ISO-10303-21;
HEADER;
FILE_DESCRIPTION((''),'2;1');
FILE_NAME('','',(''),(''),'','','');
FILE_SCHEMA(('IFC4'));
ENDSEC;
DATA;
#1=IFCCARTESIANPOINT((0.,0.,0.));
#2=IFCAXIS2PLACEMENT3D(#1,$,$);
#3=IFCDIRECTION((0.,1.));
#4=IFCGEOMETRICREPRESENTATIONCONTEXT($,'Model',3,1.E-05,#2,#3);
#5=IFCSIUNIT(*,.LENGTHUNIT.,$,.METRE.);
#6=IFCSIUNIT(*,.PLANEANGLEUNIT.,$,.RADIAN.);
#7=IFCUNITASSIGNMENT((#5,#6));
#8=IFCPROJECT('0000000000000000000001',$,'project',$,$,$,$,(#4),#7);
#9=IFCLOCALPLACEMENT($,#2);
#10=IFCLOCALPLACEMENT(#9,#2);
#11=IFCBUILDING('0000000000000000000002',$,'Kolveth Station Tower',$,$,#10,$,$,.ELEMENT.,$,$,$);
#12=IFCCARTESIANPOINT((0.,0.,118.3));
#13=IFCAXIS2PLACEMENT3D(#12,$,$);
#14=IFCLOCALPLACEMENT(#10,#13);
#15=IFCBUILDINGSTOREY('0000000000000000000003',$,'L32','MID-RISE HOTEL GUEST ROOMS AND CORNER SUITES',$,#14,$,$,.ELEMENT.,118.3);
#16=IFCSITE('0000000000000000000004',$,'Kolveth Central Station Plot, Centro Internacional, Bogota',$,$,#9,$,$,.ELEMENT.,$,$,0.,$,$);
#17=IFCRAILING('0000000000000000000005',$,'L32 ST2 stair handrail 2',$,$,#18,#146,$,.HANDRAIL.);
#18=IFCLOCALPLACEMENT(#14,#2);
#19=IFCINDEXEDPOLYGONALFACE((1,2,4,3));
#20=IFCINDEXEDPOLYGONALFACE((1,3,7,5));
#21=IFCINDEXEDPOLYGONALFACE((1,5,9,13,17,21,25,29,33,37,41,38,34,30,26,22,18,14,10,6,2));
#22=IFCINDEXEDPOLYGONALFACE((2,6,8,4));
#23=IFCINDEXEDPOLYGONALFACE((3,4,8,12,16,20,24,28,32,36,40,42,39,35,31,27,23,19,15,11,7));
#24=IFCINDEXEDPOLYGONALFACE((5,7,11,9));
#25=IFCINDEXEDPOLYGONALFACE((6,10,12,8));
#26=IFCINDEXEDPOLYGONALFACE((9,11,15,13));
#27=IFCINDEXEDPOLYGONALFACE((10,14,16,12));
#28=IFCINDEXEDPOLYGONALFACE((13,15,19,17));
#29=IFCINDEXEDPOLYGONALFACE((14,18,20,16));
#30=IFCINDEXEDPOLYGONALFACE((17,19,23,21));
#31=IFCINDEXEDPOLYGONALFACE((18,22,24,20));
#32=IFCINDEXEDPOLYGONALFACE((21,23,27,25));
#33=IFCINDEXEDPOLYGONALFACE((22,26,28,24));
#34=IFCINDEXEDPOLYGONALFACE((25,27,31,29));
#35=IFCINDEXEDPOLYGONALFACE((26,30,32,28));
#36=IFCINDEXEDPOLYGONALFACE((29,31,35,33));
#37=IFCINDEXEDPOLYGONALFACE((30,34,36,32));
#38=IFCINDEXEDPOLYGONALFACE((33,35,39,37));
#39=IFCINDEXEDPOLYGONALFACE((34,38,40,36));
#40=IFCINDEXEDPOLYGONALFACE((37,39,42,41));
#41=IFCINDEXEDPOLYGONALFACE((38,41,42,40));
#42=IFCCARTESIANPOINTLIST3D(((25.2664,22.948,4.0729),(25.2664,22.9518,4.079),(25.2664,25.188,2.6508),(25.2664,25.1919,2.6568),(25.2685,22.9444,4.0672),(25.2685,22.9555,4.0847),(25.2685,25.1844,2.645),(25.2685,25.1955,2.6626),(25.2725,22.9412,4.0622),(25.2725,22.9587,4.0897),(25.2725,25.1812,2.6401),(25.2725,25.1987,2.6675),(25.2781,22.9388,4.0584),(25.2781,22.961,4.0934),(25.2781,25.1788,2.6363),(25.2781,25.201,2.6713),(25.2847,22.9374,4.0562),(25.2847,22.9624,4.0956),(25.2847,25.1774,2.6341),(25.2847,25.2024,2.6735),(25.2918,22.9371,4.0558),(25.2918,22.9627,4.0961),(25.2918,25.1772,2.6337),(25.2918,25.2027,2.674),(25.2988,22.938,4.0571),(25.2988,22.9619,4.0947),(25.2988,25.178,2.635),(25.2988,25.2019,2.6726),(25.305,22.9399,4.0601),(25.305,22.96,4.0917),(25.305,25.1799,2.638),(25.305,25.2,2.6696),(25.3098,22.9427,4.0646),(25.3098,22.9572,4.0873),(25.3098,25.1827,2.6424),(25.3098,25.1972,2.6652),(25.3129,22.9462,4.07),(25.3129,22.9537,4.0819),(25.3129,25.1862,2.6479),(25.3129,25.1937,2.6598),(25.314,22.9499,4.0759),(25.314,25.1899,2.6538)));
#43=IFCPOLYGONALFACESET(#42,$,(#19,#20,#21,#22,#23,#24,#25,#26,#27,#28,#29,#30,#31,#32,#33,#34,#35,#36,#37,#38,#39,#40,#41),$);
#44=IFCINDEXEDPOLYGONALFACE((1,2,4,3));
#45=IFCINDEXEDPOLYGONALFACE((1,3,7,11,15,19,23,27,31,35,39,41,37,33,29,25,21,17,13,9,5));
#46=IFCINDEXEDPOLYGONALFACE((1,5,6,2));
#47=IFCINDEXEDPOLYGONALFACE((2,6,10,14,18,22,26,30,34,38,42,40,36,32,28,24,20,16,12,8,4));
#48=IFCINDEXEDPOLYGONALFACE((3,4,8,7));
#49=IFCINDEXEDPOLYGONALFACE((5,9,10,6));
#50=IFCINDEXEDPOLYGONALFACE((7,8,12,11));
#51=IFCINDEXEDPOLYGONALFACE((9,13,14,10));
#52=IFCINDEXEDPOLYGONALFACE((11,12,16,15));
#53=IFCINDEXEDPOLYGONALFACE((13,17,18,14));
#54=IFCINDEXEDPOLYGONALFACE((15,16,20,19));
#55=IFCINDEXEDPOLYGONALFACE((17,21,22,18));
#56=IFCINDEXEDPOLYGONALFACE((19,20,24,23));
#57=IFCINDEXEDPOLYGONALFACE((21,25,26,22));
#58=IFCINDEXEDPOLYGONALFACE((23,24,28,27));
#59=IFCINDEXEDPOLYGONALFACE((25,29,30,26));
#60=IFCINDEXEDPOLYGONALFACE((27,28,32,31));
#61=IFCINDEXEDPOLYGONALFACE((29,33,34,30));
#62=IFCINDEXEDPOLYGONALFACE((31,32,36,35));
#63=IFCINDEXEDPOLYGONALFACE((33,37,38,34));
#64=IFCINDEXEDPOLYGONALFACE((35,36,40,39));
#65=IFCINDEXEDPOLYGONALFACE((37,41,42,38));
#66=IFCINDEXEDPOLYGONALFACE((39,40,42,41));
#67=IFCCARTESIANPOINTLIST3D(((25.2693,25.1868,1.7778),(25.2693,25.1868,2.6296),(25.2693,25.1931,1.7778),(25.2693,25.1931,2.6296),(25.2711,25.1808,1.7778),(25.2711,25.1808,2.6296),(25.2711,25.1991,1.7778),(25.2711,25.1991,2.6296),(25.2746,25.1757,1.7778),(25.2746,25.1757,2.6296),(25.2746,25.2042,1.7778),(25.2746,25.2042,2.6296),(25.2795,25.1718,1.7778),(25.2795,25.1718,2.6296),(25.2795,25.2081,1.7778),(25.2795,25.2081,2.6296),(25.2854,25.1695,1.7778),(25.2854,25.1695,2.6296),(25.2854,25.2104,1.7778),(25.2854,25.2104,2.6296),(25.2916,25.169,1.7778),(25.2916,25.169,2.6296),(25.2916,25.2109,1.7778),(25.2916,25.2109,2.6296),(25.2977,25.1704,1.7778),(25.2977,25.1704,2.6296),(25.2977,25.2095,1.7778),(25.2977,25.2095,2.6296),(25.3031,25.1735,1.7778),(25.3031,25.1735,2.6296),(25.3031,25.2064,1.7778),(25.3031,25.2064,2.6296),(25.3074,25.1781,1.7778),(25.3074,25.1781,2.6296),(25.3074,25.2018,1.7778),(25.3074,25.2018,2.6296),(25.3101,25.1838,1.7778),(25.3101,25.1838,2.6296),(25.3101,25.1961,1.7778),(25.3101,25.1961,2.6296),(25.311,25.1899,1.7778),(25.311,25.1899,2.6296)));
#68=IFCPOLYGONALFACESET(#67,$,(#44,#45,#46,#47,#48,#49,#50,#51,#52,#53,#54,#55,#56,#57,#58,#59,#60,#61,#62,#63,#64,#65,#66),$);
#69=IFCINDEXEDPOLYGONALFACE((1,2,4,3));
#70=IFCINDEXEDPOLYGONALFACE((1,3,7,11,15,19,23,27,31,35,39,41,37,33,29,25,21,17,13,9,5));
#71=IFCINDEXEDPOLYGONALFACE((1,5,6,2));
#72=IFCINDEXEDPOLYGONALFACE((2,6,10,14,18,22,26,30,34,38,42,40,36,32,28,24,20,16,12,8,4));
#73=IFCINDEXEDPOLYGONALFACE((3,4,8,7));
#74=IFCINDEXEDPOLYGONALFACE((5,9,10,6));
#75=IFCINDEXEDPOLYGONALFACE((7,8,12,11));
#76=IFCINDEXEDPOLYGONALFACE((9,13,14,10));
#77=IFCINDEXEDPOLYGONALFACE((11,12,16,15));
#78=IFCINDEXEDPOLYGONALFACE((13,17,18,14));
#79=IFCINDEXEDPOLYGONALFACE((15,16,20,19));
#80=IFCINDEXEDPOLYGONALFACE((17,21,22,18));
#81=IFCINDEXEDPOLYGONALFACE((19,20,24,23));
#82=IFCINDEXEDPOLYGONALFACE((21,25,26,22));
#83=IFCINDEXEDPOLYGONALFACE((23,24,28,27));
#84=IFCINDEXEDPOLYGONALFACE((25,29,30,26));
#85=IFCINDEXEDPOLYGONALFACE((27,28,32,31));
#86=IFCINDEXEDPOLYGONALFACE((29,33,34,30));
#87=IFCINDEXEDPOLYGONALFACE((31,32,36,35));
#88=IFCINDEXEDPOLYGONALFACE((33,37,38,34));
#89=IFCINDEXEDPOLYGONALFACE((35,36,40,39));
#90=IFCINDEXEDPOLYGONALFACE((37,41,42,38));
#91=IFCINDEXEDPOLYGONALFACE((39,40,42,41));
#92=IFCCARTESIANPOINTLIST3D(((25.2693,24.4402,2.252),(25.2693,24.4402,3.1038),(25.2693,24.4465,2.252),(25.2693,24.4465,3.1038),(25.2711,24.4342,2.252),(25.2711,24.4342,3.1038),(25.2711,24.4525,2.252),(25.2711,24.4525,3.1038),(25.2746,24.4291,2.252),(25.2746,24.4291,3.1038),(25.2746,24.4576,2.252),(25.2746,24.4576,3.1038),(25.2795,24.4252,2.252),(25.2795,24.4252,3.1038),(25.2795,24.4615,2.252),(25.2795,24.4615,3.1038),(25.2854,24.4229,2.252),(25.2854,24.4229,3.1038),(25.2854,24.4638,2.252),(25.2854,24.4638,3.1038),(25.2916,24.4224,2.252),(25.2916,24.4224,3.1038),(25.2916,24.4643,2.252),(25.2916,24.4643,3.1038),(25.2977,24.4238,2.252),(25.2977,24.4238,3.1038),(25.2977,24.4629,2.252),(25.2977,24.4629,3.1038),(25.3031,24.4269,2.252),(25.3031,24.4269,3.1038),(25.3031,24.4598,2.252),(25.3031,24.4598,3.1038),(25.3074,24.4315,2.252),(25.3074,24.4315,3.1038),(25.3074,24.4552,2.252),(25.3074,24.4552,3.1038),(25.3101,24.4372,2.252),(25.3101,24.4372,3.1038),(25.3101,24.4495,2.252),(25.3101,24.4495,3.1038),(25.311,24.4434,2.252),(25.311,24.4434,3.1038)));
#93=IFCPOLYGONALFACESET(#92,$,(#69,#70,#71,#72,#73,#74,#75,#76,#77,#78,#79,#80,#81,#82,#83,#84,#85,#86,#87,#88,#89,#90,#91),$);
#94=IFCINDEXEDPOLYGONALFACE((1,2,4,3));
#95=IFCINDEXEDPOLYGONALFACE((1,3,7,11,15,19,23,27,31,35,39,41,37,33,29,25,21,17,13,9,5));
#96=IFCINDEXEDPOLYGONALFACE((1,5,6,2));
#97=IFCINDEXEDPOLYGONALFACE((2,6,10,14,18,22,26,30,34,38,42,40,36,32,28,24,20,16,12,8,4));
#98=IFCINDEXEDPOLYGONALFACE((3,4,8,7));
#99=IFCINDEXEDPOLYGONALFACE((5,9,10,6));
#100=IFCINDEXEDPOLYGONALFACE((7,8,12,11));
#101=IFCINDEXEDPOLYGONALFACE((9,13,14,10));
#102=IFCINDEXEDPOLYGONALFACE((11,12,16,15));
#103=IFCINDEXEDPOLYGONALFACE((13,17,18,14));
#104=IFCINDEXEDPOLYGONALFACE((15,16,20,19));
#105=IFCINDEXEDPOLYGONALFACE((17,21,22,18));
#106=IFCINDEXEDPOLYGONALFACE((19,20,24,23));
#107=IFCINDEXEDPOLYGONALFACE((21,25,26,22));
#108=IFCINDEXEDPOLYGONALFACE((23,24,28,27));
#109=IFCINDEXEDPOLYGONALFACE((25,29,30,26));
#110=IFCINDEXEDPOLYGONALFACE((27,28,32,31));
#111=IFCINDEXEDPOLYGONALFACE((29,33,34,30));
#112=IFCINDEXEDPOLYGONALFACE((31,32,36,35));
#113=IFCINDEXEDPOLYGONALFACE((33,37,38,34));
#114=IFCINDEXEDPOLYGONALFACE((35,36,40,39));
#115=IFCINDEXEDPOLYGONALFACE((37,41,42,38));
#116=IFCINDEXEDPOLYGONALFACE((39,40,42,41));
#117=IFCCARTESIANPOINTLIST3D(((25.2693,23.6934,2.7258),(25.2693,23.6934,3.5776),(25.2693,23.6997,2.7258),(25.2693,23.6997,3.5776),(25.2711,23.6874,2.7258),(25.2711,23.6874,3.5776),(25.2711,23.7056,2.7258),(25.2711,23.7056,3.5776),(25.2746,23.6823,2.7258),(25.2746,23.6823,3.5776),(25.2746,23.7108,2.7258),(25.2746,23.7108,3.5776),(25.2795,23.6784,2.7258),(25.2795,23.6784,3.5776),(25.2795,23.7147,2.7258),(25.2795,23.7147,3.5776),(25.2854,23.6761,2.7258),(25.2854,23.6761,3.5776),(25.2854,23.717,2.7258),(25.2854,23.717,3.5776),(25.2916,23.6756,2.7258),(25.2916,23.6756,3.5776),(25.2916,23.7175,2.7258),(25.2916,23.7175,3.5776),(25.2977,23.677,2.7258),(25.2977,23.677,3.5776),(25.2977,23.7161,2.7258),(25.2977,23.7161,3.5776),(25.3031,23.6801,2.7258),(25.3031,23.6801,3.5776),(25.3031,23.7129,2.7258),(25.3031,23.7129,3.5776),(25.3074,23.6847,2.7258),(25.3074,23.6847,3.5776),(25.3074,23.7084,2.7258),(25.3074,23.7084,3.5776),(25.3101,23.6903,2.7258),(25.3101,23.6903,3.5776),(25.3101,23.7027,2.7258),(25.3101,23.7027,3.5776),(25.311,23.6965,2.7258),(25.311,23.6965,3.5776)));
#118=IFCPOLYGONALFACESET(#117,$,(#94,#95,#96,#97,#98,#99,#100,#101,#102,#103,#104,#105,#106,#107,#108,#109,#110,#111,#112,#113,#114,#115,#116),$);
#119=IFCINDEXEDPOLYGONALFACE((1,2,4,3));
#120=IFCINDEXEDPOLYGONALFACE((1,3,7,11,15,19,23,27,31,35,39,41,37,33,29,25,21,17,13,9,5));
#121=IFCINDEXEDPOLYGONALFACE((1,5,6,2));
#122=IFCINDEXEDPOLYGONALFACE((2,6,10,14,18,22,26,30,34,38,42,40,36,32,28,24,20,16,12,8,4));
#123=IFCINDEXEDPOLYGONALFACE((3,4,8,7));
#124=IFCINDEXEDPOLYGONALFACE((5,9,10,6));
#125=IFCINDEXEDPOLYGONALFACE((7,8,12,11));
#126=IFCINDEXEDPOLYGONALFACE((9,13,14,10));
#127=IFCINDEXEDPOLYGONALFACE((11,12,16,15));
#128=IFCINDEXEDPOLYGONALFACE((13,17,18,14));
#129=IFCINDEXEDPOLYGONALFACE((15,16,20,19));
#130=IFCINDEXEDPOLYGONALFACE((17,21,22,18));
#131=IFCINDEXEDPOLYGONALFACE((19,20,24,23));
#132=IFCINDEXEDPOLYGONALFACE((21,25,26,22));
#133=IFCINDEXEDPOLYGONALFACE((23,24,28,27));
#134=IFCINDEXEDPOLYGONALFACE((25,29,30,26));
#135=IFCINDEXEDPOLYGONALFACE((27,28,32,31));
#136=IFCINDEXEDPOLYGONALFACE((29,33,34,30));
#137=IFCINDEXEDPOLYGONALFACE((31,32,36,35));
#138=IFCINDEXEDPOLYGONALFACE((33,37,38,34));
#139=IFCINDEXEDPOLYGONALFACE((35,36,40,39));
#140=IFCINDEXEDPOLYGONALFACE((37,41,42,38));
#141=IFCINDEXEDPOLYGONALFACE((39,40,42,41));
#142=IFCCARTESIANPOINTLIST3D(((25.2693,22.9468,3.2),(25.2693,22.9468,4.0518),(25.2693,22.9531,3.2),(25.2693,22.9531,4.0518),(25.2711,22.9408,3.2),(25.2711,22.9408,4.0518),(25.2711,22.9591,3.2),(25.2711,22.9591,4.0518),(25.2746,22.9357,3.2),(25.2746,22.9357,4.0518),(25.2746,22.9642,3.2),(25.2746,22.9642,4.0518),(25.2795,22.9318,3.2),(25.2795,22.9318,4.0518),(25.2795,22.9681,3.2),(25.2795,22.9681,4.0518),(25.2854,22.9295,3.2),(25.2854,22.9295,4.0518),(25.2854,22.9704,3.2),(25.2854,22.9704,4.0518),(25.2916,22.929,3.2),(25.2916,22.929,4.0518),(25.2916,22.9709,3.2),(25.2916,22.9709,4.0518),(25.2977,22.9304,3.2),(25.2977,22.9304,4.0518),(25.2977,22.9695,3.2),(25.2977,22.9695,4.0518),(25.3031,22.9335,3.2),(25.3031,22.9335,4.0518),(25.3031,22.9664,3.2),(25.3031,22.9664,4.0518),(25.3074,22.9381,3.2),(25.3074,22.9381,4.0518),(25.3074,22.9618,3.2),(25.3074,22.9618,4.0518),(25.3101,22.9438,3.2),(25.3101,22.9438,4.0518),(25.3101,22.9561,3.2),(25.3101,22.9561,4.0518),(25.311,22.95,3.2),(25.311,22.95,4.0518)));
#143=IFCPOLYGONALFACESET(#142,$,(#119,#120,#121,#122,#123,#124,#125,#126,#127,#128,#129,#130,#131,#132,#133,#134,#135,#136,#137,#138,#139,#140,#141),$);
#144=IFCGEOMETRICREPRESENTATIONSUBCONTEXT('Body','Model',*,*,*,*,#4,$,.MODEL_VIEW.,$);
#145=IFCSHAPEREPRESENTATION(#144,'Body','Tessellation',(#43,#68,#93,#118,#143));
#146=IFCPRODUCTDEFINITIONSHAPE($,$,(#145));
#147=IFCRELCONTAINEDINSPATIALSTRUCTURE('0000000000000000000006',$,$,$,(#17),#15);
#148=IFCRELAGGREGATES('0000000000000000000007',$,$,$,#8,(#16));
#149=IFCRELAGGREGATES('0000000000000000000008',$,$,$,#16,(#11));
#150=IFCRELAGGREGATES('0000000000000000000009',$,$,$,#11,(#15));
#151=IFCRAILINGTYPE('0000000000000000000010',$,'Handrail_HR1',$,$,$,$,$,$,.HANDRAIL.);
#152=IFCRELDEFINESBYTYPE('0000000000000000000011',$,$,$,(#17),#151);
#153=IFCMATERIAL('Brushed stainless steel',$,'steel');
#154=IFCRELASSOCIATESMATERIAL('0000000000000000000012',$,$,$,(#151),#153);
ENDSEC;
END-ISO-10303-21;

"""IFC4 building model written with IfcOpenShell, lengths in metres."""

from ifc_helpers import new_model, si_unit, direction, frame, origin, origin_2d, place, context, subcontext, project, spatial, circle, extrude, material, type_object, element, save


model = new_model("IFC4")

# Units and contexts
model_context = context("Model", 3, precision=1e-05, world=origin(), true_north=direction((0.0, 1.0)))
body_context = subcontext(model_context, "Body", "Model", "MODEL_VIEW")
ifc_project = project(units=[si_unit("LENGTHUNIT", "METRE"), si_unit("PLANEANGLEUNIT", "RADIAN")], contexts=[model_context])

# Site, building, storey
site_placement = place(None, origin())
site = spatial("IfcSite", under=ifc_project, at=site_placement, Name="Kolveth Central Station Plot, Centro Internacional, Bogota", CompositionType="ELEMENT", RefElevation=0.0)
building_placement = place(site_placement, origin())
building = spatial("IfcBuilding", under=site, at=building_placement, Name="Kolveth Station Tower", CompositionType="ELEMENT")
storey_placement = place(building_placement, frame((0.0, 0.0, 118.3)))
storey = spatial("IfcBuildingStorey", under=building, at=storey_placement, Name="L32", Description="MID-RISE HOTEL GUEST ROOMS AND CORNER SUITES", CompositionType="ELEMENT", Elevation=118.3)

# Railing
ifc_material_1 = material(Name="Brushed stainless steel", Category="steel")
railing_type_1 = type_object("IfcRailingType", Name="Handrail_HR1", PredefinedType="HANDRAIL", material=ifc_material_1)
railing_1_placement = place(storey_placement, frame((25.29, 25.1899, 1.7778)))
element("IfcRailing", 1, at=railing_1_placement, inside=storey, type_object=railing_type_1, Name="L32 ST2 stair handrail 2", PredefinedType="HANDRAIL", context=body_context, shape_type="SweptSolid", body=[
    extrude(circle(Radius=0.0239, at=origin_2d()), frame((0.0, 0.0, 0.876), z_axis=(0.0, -0.844229, 0.535982), x_axis=(1.0, 0.0, 0.0)), (0.0, 0.0, 1.0), 2.6533),
    extrude(circle(Radius=0.021, at=origin_2d()), origin(), (0.0, 0.0, 1.0), 0.8518),
    extrude(circle(Radius=0.021, at=origin_2d()), frame((0.0, -0.7466, 0.4741)), (0.0, 0.0, 1.0), 0.8518),
    extrude(circle(Radius=0.021, at=origin_2d()), frame((0.0, -1.4934, 0.948)), (0.0, 0.0, 1.0), 0.8518),
    extrude(circle(Radius=0.021, at=origin_2d()), frame((0.0, -2.24, 1.4221)), (0.0, 0.0, 1.0), 0.8518),
])

save(model, "model.ifc")
